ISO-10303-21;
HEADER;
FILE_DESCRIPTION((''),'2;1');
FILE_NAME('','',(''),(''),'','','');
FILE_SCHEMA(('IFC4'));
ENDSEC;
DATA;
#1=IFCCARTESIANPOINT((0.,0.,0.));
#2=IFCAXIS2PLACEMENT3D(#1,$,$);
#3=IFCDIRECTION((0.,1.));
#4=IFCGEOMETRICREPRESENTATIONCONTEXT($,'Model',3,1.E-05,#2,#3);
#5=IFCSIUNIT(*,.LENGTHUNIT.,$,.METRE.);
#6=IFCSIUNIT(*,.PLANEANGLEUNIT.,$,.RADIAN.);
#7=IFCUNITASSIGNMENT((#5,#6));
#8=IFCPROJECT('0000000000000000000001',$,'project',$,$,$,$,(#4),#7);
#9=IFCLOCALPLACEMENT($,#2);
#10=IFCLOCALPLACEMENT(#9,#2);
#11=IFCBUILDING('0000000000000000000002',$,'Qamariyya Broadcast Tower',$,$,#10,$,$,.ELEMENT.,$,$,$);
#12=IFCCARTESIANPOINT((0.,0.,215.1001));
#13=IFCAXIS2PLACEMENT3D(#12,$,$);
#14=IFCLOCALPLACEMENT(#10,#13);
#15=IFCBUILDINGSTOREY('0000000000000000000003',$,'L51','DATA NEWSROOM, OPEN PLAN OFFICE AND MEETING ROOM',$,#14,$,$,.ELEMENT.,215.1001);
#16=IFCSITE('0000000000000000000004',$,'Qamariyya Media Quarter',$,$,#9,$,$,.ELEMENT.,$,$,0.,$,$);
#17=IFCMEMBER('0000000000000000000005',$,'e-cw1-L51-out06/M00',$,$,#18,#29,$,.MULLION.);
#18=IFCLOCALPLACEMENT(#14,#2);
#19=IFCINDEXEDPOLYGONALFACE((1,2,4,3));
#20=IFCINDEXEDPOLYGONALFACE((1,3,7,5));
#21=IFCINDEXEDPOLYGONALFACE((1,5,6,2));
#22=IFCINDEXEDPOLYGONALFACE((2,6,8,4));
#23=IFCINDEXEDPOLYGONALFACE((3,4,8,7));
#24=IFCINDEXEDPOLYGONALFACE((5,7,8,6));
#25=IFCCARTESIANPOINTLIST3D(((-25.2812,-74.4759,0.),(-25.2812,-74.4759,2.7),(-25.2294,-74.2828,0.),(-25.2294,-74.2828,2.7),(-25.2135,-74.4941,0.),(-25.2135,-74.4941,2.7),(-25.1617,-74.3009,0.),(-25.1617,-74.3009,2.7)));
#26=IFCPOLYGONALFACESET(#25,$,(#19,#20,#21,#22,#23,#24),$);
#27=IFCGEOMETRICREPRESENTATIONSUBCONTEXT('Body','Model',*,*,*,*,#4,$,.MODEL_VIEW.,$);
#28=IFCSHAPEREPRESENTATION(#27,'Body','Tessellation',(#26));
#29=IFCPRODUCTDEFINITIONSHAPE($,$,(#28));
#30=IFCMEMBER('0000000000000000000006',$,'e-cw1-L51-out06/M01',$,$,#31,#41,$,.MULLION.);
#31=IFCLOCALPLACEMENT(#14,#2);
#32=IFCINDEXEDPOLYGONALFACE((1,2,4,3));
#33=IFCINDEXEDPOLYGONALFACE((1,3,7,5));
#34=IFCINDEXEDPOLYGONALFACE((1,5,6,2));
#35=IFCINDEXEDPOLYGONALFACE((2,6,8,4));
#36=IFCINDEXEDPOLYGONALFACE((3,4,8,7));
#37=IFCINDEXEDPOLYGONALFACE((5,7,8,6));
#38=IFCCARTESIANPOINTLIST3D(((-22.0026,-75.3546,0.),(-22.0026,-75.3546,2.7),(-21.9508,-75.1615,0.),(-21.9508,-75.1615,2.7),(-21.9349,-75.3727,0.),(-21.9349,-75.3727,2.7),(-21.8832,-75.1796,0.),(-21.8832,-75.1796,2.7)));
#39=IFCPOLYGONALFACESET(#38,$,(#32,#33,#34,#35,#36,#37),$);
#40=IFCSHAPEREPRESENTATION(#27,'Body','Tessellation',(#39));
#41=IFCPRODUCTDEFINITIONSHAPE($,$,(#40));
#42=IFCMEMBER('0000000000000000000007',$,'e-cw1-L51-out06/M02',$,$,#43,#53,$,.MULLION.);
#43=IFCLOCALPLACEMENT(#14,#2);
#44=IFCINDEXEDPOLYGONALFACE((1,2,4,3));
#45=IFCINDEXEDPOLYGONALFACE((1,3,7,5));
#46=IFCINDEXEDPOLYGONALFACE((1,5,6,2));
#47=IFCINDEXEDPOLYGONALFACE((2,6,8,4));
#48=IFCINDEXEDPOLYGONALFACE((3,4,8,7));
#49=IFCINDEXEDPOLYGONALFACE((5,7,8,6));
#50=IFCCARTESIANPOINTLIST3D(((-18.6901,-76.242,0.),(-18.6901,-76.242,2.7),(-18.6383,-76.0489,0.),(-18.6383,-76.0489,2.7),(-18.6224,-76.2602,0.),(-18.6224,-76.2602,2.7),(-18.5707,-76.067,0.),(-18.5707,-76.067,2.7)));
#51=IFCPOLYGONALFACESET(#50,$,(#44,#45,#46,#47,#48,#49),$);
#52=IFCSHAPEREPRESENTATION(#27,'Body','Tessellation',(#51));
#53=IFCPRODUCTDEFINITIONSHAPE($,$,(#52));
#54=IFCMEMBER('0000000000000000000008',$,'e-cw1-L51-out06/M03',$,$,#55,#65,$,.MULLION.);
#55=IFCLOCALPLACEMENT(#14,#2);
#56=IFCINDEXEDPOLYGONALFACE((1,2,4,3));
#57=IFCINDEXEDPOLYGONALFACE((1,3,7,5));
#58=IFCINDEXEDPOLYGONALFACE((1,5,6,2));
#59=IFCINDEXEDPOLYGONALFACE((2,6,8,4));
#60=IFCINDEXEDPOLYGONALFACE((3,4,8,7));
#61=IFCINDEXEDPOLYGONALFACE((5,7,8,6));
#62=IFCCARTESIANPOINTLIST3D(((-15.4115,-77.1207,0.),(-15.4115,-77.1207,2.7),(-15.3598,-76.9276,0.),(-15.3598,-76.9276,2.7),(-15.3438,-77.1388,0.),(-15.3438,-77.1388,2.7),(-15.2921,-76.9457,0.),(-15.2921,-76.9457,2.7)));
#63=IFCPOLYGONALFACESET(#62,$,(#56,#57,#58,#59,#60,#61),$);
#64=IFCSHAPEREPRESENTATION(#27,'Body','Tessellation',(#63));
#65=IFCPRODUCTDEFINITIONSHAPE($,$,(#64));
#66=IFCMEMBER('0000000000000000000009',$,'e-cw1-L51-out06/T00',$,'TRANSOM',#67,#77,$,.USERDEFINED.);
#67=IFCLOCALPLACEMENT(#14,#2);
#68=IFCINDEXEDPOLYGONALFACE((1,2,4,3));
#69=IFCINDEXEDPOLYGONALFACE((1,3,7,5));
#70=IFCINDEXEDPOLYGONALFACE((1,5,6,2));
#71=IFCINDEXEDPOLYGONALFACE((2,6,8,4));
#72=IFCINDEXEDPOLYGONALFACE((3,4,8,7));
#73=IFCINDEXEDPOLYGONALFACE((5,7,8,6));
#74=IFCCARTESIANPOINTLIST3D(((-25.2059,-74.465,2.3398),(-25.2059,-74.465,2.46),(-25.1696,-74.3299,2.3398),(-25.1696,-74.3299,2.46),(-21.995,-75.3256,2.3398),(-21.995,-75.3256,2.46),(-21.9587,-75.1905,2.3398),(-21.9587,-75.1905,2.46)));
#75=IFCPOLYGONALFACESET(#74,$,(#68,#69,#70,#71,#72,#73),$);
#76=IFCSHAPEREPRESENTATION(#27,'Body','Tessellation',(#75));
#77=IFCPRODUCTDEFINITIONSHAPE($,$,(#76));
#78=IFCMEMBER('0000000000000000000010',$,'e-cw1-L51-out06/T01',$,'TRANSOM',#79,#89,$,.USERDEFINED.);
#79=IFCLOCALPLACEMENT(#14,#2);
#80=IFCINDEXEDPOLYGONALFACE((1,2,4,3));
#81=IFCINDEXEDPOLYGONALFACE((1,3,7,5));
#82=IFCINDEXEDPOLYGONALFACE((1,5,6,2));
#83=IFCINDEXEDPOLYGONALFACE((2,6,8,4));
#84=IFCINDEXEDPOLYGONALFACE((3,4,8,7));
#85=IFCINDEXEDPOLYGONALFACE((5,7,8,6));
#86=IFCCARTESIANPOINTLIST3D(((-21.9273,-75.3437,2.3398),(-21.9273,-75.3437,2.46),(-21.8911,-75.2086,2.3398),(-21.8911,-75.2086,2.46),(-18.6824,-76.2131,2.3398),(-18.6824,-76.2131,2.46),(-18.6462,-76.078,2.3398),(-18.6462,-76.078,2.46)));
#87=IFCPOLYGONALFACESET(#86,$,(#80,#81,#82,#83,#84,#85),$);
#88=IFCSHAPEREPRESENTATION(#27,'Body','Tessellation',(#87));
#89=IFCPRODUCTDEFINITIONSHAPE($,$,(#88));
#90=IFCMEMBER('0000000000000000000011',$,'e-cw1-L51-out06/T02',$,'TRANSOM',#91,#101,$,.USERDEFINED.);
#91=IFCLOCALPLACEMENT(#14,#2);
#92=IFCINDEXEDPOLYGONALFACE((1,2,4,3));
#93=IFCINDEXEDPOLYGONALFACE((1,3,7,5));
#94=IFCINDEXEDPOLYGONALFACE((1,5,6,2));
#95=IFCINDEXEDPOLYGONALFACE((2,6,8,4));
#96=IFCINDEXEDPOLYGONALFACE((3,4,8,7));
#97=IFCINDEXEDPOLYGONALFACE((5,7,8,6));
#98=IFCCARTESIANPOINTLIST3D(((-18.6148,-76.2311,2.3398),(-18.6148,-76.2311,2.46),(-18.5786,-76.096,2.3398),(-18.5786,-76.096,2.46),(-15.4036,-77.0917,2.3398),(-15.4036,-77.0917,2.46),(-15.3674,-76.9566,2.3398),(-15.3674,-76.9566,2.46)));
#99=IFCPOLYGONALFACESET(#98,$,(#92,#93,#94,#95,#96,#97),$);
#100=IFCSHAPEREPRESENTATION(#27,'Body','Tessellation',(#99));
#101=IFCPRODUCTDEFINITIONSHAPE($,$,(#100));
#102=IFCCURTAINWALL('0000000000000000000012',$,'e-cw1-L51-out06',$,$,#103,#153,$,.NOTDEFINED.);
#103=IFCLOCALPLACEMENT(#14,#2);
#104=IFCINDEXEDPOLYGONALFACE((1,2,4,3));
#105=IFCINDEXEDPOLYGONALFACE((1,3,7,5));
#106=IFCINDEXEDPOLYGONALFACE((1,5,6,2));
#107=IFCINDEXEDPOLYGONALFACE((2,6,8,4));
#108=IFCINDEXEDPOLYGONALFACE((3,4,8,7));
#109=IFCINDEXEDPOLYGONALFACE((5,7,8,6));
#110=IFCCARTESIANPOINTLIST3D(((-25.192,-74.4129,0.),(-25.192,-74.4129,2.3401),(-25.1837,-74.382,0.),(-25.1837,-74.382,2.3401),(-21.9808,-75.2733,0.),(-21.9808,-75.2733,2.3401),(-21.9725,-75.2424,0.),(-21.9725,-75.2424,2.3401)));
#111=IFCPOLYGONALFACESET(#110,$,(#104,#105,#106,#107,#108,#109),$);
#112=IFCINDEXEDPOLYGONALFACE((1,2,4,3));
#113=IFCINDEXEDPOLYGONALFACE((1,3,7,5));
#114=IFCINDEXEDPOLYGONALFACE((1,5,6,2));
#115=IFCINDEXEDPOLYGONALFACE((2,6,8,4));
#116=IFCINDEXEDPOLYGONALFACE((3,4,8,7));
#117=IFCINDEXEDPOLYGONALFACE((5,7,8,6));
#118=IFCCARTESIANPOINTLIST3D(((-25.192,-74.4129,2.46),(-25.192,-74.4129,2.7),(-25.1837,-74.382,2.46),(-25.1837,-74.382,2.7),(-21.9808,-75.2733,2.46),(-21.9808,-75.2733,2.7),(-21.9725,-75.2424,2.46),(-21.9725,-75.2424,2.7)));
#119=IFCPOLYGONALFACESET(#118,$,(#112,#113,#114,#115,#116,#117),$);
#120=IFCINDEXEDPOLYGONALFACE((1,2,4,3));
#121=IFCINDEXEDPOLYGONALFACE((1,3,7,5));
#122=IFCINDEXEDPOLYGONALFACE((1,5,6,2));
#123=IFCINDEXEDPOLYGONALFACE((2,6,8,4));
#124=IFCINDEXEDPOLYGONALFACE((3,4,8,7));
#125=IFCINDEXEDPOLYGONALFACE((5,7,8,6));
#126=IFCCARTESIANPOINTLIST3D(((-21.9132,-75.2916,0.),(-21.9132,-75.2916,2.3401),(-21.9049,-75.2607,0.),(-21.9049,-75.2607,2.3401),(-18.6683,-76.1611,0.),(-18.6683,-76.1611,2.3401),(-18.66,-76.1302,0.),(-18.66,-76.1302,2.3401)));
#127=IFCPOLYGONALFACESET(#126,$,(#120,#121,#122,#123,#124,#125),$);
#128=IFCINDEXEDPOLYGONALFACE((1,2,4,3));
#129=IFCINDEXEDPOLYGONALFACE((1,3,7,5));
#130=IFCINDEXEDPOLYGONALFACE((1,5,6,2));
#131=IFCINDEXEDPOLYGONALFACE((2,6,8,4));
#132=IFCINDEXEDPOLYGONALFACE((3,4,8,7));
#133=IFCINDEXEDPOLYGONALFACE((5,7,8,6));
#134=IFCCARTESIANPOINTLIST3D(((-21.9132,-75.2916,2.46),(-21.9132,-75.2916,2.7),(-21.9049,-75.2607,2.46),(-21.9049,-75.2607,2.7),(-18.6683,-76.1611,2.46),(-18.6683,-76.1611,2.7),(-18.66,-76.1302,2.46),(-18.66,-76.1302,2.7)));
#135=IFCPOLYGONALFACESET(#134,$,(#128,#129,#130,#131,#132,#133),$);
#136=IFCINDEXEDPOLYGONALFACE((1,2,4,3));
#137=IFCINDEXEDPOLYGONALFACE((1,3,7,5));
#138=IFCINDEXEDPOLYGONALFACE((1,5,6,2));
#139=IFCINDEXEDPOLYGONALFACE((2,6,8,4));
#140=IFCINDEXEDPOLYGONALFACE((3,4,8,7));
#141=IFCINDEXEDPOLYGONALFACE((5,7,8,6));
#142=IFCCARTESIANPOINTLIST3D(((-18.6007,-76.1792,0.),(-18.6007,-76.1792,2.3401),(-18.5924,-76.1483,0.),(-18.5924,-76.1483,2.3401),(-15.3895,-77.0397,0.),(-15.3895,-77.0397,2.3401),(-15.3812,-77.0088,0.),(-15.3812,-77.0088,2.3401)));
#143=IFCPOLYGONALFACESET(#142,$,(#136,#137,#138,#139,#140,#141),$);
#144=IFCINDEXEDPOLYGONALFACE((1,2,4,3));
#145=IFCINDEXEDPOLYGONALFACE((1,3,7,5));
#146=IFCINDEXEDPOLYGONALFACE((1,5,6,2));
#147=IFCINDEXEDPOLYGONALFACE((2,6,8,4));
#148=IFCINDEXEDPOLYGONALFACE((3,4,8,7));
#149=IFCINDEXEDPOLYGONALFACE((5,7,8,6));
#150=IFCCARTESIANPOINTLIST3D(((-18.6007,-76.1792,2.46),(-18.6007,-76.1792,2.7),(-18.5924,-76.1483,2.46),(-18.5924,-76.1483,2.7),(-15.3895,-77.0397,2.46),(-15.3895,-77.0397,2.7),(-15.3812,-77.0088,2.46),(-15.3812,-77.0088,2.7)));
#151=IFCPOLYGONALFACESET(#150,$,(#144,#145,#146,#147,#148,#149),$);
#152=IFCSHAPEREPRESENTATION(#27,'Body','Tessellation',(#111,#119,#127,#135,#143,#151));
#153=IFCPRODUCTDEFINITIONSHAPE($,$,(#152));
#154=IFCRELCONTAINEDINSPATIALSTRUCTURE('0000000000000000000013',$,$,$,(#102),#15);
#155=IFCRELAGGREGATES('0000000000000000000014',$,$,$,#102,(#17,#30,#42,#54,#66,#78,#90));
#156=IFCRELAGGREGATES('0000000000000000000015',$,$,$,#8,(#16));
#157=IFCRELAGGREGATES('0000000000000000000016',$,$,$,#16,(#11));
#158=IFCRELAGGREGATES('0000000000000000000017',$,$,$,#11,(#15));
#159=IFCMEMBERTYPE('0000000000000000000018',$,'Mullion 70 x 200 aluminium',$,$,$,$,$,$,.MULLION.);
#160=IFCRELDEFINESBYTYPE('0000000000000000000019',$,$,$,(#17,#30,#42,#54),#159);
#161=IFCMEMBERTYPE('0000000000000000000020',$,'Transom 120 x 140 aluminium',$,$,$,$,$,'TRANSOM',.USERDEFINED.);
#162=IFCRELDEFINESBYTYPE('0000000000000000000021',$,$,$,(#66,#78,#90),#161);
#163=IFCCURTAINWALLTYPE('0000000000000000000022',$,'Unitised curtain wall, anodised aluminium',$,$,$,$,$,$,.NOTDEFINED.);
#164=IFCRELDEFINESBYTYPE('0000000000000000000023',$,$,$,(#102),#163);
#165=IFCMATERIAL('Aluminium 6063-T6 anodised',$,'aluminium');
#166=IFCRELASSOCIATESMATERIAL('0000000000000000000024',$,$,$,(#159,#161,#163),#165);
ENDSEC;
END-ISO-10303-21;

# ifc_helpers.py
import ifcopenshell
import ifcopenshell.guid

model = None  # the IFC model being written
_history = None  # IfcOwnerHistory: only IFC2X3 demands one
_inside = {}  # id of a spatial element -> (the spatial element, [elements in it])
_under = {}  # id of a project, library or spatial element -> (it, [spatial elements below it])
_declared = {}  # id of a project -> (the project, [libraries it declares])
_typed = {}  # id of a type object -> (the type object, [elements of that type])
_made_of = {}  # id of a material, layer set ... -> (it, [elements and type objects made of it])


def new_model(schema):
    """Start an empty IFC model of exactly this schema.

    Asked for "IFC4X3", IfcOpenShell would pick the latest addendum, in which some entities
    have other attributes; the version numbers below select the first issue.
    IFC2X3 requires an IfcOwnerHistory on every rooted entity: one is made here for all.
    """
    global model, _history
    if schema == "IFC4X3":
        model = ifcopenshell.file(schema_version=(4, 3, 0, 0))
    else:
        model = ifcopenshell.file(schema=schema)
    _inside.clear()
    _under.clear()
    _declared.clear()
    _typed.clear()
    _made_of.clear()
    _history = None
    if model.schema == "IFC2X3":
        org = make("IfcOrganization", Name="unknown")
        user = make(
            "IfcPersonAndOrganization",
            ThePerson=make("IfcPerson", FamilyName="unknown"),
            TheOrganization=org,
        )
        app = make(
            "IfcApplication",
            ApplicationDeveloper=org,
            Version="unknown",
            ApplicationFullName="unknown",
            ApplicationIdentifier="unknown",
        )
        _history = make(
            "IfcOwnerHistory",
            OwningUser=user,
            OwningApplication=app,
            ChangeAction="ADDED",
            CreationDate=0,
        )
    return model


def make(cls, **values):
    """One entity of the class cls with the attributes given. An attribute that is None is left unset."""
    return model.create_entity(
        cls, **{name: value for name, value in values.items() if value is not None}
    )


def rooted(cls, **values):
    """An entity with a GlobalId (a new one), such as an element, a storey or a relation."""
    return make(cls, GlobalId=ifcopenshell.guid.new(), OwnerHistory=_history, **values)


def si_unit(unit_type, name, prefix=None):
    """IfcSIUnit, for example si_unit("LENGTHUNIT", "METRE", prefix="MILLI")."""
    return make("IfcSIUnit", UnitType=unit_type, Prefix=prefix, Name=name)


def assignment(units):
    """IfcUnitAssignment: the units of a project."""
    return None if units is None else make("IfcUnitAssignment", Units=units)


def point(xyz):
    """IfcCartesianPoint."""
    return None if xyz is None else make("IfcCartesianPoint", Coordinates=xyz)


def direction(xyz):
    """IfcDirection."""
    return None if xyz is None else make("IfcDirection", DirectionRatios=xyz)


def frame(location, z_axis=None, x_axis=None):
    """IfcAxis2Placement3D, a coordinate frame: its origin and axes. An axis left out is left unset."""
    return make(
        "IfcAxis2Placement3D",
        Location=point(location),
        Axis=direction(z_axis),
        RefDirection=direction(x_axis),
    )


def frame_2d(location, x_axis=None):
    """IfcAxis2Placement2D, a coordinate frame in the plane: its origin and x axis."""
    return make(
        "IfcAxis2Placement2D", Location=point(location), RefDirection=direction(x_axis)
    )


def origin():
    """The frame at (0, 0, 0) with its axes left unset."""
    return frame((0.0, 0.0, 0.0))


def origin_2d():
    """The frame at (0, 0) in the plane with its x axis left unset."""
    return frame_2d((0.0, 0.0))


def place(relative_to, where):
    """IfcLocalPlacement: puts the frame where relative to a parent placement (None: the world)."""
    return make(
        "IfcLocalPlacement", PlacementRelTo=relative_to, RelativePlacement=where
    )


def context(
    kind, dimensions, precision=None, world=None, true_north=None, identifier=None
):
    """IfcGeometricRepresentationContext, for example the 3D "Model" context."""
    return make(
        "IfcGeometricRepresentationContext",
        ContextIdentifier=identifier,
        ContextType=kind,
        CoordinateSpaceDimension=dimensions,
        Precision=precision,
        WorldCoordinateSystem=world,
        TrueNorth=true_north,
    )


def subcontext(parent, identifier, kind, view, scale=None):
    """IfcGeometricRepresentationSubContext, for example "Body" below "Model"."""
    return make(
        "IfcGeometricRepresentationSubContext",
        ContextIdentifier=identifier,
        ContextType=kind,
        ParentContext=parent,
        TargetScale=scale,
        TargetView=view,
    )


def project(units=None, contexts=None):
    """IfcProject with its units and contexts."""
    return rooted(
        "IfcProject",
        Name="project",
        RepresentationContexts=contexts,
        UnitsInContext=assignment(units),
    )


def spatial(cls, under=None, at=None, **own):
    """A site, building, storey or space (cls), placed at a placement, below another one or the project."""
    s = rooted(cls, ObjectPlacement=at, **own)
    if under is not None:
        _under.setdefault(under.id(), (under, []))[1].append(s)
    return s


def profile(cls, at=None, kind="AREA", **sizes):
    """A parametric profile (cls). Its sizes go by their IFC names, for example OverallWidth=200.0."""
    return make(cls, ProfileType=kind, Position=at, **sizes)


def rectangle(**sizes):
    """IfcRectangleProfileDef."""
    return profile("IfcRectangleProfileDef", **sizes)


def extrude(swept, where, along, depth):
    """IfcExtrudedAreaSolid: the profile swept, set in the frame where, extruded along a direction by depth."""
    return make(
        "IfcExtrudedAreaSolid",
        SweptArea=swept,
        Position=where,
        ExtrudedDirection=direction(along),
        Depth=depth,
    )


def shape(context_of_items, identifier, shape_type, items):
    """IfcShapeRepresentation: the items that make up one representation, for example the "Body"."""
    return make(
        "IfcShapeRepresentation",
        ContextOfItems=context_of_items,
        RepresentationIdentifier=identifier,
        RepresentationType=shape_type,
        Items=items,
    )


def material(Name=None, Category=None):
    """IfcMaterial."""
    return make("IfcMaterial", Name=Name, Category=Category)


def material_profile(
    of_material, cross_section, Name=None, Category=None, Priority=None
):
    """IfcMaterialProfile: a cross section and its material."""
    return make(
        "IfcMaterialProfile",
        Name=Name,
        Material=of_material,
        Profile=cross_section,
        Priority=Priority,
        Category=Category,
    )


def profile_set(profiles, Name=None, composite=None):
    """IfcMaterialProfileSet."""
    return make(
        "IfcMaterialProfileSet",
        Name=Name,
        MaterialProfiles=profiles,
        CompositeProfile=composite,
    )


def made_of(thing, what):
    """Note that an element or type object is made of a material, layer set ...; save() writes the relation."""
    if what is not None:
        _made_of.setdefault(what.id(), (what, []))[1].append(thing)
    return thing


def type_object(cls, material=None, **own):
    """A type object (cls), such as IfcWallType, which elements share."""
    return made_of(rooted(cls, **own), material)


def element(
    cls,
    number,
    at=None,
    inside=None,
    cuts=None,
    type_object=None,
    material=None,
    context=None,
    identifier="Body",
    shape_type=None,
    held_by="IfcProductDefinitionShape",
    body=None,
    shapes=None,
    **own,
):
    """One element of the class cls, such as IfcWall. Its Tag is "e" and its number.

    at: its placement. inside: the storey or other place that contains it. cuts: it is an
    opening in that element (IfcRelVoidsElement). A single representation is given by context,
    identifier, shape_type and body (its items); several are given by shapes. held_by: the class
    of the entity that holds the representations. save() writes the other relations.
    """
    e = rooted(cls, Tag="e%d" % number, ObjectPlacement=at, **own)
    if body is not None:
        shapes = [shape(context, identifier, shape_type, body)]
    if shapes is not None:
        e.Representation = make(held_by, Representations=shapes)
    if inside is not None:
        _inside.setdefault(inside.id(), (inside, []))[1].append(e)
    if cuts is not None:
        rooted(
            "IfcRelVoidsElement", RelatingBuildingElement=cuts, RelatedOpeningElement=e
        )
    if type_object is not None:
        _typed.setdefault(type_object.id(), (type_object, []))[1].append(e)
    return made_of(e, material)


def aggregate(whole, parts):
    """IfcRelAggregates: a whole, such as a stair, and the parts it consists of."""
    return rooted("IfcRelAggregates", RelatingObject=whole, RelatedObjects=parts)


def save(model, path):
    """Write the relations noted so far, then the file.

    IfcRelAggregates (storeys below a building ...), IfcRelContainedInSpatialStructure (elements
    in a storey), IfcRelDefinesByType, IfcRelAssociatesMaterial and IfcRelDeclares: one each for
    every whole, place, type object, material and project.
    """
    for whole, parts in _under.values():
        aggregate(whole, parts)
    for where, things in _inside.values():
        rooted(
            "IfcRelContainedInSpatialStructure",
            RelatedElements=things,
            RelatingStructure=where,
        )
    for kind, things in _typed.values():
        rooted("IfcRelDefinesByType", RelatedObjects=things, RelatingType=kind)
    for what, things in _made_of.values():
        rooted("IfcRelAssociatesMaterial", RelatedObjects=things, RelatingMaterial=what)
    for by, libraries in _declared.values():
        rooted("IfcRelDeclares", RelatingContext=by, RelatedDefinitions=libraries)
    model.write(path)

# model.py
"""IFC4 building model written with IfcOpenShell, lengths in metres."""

from ifc_helpers import new_model, si_unit, direction, frame, origin, origin_2d, place, context, subcontext, project, spatial, rectangle, extrude, material, material_profile, profile_set, type_object, element, aggregate, save


model = new_model("IFC4")

# Units and contexts
model_context = context("Model", 3, precision=1e-05, world=origin(), true_north=direction((0.0, 1.0)))
body_context = subcontext(model_context, "Body", "Model", "MODEL_VIEW")
ifc_project = project(units=[si_unit("LENGTHUNIT", "METRE"), si_unit("PLANEANGLEUNIT", "RADIAN")], contexts=[model_context])

# Members
ifc_material = material(Name="Aluminium 6063-T6 anodised", Category="aluminium")
ifc_material_profile_1 = material_profile(ifc_material, rectangle(XDim=0.2, YDim=0.0701, at=origin_2d()))
ifc_profile_set_1 = profile_set([ifc_material_profile_1], Name="Aluminium 6063-T6 anodised")
member_type_1 = type_object("IfcMemberType", Name="Mullion 70 x 200 aluminium", PredefinedType="MULLION", material=ifc_profile_set_1)
site_placement = place(None, origin())
building_placement = place(site_placement, origin())
storey_placement = place(building_placement, frame((0.0, 0.0, 215.1001)))
member_1_placement = place(storey_placement, frame((-25.2214, -74.3884, 0.0), z_axis=(0.0, 0.0, 1.0), x_axis=(0.258819, 0.965926, 0.0)))
member_1 = element("IfcMember", 1, at=member_1_placement, type_object=member_type_1, Name="e-cw1-L51-out06/M00", PredefinedType="MULLION", context=body_context, shape_type="SweptSolid", body=[
    extrude(rectangle(XDim=0.2, YDim=0.0701, at=origin_2d()), origin(), (0.0, 0.0, 1.0), 2.7),
])
member_2_placement = place(storey_placement, frame((-21.9429, -75.2671, 0.0), z_axis=(0.0, 0.0, 1.0), x_axis=(0.258819, 0.965926, 0.0)))
member_2 = element("IfcMember", 2, at=member_2_placement, type_object=member_type_1, Name="e-cw1-L51-out06/M01", PredefinedType="MULLION", context=body_context, shape_type="SweptSolid", body=[
    extrude(rectangle(XDim=0.2, YDim=0.0701, at=origin_2d()), origin(), (0.0, 0.0, 1.0), 2.7),
])
member_3_placement = place(storey_placement, frame((-18.6304, -76.1545, 0.0), z_axis=(0.0, 0.0, 1.0), x_axis=(0.258819, 0.965926, 0.0)))
member_3 = element("IfcMember", 3, at=member_3_placement, type_object=member_type_1, Name="e-cw1-L51-out06/M02", PredefinedType="MULLION", context=body_context, shape_type="SweptSolid", body=[
    extrude(rectangle(XDim=0.2, YDim=0.0701, at=origin_2d()), origin(), (0.0, 0.0, 1.0), 2.7),
])
member_4_placement = place(storey_placement, frame((-15.3518, -77.0332, 0.0), z_axis=(0.0, 0.0, 1.0), x_axis=(0.258819, 0.965926, 0.0)))
member_4 = element("IfcMember", 4, at=member_4_placement, type_object=member_type_1, Name="e-cw1-L51-out06/M03", PredefinedType="MULLION", context=body_context, shape_type="SweptSolid", body=[
    extrude(rectangle(XDim=0.2, YDim=0.0701, at=origin_2d()), origin(), (0.0, 0.0, 1.0), 2.7),
])
ifc_material_profile_2 = material_profile(ifc_material, rectangle(XDim=0.1399, YDim=0.1201, at=origin_2d()))
ifc_profile_set_2 = profile_set([ifc_material_profile_2], Name="Aluminium 6063-T6 anodised")
member_type_2 = type_object("IfcMemberType", Name="Transom 120 x 140 aluminium", ElementType="TRANSOM", PredefinedType="USERDEFINED", material=ifc_profile_set_2)
member_5_placement = place(storey_placement, frame((-25.1877, -74.3975, 2.3999), z_axis=(0.965909, -0.258883, 0.0), x_axis=(0.258883, 0.965909, 0.0)))
member_5 = element("IfcMember", 5, at=member_5_placement, type_object=member_type_2, Name="e-cw1-L51-out06/T00", ObjectType="TRANSOM", PredefinedType="USERDEFINED", context=body_context, shape_type="SweptSolid", body=[
    extrude(rectangle(XDim=0.1399, YDim=0.1201, at=origin_2d()), origin(), (0.0, 0.0, 1.0), 3.3242),
])
member_6_placement = place(storey_placement, frame((-21.9092, -75.2761, 2.3999), z_axis=(0.965932, -0.258798, 0.0), x_axis=(0.258798, 0.965932, 0.0)))
member_6 = element("IfcMember", 6, at=member_6_placement, type_object=member_type_2, Name="e-cw1-L51-out06/T01", ObjectType="TRANSOM", PredefinedType="USERDEFINED", context=body_context, shape_type="SweptSolid", body=[
    extrude(rectangle(XDim=0.1399, YDim=0.1201, at=origin_2d()), origin(), (0.0, 0.0, 1.0), 3.3594),
])
member_7_placement = place(storey_placement, frame((-18.5967, -76.1636, 2.3999), z_axis=(0.965914, -0.258865, 0.0), x_axis=(0.258865, 0.965914, 0.0)))
member_7 = element("IfcMember", 7, at=member_7_placement, type_object=member_type_2, Name="e-cw1-L51-out06/T02", ObjectType="TRANSOM", PredefinedType="USERDEFINED", context=body_context, shape_type="SweptSolid", body=[
    extrude(rectangle(XDim=0.1399, YDim=0.1201, at=origin_2d()), origin(), (0.0, 0.0, 1.0), 3.3245),
])

# Site, building, storey
site = spatial("IfcSite", under=ifc_project, at=site_placement, Name="Qamariyya Media Quarter", CompositionType="ELEMENT", RefElevation=0.0)
building = spatial("IfcBuilding", under=site, at=building_placement, Name="Qamariyya Broadcast Tower", CompositionType="ELEMENT")
storey = spatial("IfcBuildingStorey", under=building, at=storey_placement, Name="L51", Description="DATA NEWSROOM, OPEN PLAN OFFICE AND MEETING ROOM", CompositionType="ELEMENT", Elevation=215.1001)

# Curtain wall
curtain_wall_type = type_object("IfcCurtainWallType", Name="Unitised curtain wall, anodised aluminium", PredefinedType="NOTDEFINED", material=ifc_material)
curtain_wall_1_placement = place(storey_placement, origin())
curtain_wall_1 = element("IfcCurtainWall", 8, at=curtain_wall_1_placement, inside=storey, type_object=curtain_wall_type, Name="e-cw1-L51-out06", PredefinedType="NOTDEFINED", context=body_context, shape_type="SweptSolid", body=[
    extrude(rectangle(XDim=3.3245, YDim=0.032, at=origin_2d()), frame((-23.5823, -74.8276, 0.0), x_axis=(0.965923, -0.258828, 0.0)), (0.0, 0.0, 1.0), 2.3401),
    extrude(rectangle(XDim=3.3245, YDim=0.032, at=origin_2d()), frame((-23.5823, -74.8276, 2.46), x_axis=(0.965923, -0.258828, 0.0)), (0.0, 0.0, 1.0), 0.24),
    extrude(rectangle(XDim=3.3594, YDim=0.032, at=origin_2d()), frame((-20.2866, -75.7109, 0.0), x_axis=(0.965923, -0.258828, 0.0)), (0.0, 0.0, 1.0), 2.3401),
    extrude(rectangle(XDim=3.3594, YDim=0.032, at=origin_2d()), frame((-20.2866, -75.7109, 2.46), x_axis=(0.965923, -0.258828, 0.0)), (0.0, 0.0, 1.0), 0.24),
    extrude(rectangle(XDim=3.3245, YDim=0.032, at=origin_2d()), frame((-16.991, -76.594, 0.0), x_axis=(0.965923, -0.258828, 0.0)), (0.0, 0.0, 1.0), 2.3401),
    extrude(rectangle(XDim=3.3245, YDim=0.032, at=origin_2d()), frame((-16.991, -76.594, 2.46), x_axis=(0.965923, -0.258828, 0.0)), (0.0, 0.0, 1.0), 0.24),
])
aggregate(curtain_wall_1, [member_1, member_2, member_3, member_4, member_5, member_6, member_7])

save(model, "model.ifc")
